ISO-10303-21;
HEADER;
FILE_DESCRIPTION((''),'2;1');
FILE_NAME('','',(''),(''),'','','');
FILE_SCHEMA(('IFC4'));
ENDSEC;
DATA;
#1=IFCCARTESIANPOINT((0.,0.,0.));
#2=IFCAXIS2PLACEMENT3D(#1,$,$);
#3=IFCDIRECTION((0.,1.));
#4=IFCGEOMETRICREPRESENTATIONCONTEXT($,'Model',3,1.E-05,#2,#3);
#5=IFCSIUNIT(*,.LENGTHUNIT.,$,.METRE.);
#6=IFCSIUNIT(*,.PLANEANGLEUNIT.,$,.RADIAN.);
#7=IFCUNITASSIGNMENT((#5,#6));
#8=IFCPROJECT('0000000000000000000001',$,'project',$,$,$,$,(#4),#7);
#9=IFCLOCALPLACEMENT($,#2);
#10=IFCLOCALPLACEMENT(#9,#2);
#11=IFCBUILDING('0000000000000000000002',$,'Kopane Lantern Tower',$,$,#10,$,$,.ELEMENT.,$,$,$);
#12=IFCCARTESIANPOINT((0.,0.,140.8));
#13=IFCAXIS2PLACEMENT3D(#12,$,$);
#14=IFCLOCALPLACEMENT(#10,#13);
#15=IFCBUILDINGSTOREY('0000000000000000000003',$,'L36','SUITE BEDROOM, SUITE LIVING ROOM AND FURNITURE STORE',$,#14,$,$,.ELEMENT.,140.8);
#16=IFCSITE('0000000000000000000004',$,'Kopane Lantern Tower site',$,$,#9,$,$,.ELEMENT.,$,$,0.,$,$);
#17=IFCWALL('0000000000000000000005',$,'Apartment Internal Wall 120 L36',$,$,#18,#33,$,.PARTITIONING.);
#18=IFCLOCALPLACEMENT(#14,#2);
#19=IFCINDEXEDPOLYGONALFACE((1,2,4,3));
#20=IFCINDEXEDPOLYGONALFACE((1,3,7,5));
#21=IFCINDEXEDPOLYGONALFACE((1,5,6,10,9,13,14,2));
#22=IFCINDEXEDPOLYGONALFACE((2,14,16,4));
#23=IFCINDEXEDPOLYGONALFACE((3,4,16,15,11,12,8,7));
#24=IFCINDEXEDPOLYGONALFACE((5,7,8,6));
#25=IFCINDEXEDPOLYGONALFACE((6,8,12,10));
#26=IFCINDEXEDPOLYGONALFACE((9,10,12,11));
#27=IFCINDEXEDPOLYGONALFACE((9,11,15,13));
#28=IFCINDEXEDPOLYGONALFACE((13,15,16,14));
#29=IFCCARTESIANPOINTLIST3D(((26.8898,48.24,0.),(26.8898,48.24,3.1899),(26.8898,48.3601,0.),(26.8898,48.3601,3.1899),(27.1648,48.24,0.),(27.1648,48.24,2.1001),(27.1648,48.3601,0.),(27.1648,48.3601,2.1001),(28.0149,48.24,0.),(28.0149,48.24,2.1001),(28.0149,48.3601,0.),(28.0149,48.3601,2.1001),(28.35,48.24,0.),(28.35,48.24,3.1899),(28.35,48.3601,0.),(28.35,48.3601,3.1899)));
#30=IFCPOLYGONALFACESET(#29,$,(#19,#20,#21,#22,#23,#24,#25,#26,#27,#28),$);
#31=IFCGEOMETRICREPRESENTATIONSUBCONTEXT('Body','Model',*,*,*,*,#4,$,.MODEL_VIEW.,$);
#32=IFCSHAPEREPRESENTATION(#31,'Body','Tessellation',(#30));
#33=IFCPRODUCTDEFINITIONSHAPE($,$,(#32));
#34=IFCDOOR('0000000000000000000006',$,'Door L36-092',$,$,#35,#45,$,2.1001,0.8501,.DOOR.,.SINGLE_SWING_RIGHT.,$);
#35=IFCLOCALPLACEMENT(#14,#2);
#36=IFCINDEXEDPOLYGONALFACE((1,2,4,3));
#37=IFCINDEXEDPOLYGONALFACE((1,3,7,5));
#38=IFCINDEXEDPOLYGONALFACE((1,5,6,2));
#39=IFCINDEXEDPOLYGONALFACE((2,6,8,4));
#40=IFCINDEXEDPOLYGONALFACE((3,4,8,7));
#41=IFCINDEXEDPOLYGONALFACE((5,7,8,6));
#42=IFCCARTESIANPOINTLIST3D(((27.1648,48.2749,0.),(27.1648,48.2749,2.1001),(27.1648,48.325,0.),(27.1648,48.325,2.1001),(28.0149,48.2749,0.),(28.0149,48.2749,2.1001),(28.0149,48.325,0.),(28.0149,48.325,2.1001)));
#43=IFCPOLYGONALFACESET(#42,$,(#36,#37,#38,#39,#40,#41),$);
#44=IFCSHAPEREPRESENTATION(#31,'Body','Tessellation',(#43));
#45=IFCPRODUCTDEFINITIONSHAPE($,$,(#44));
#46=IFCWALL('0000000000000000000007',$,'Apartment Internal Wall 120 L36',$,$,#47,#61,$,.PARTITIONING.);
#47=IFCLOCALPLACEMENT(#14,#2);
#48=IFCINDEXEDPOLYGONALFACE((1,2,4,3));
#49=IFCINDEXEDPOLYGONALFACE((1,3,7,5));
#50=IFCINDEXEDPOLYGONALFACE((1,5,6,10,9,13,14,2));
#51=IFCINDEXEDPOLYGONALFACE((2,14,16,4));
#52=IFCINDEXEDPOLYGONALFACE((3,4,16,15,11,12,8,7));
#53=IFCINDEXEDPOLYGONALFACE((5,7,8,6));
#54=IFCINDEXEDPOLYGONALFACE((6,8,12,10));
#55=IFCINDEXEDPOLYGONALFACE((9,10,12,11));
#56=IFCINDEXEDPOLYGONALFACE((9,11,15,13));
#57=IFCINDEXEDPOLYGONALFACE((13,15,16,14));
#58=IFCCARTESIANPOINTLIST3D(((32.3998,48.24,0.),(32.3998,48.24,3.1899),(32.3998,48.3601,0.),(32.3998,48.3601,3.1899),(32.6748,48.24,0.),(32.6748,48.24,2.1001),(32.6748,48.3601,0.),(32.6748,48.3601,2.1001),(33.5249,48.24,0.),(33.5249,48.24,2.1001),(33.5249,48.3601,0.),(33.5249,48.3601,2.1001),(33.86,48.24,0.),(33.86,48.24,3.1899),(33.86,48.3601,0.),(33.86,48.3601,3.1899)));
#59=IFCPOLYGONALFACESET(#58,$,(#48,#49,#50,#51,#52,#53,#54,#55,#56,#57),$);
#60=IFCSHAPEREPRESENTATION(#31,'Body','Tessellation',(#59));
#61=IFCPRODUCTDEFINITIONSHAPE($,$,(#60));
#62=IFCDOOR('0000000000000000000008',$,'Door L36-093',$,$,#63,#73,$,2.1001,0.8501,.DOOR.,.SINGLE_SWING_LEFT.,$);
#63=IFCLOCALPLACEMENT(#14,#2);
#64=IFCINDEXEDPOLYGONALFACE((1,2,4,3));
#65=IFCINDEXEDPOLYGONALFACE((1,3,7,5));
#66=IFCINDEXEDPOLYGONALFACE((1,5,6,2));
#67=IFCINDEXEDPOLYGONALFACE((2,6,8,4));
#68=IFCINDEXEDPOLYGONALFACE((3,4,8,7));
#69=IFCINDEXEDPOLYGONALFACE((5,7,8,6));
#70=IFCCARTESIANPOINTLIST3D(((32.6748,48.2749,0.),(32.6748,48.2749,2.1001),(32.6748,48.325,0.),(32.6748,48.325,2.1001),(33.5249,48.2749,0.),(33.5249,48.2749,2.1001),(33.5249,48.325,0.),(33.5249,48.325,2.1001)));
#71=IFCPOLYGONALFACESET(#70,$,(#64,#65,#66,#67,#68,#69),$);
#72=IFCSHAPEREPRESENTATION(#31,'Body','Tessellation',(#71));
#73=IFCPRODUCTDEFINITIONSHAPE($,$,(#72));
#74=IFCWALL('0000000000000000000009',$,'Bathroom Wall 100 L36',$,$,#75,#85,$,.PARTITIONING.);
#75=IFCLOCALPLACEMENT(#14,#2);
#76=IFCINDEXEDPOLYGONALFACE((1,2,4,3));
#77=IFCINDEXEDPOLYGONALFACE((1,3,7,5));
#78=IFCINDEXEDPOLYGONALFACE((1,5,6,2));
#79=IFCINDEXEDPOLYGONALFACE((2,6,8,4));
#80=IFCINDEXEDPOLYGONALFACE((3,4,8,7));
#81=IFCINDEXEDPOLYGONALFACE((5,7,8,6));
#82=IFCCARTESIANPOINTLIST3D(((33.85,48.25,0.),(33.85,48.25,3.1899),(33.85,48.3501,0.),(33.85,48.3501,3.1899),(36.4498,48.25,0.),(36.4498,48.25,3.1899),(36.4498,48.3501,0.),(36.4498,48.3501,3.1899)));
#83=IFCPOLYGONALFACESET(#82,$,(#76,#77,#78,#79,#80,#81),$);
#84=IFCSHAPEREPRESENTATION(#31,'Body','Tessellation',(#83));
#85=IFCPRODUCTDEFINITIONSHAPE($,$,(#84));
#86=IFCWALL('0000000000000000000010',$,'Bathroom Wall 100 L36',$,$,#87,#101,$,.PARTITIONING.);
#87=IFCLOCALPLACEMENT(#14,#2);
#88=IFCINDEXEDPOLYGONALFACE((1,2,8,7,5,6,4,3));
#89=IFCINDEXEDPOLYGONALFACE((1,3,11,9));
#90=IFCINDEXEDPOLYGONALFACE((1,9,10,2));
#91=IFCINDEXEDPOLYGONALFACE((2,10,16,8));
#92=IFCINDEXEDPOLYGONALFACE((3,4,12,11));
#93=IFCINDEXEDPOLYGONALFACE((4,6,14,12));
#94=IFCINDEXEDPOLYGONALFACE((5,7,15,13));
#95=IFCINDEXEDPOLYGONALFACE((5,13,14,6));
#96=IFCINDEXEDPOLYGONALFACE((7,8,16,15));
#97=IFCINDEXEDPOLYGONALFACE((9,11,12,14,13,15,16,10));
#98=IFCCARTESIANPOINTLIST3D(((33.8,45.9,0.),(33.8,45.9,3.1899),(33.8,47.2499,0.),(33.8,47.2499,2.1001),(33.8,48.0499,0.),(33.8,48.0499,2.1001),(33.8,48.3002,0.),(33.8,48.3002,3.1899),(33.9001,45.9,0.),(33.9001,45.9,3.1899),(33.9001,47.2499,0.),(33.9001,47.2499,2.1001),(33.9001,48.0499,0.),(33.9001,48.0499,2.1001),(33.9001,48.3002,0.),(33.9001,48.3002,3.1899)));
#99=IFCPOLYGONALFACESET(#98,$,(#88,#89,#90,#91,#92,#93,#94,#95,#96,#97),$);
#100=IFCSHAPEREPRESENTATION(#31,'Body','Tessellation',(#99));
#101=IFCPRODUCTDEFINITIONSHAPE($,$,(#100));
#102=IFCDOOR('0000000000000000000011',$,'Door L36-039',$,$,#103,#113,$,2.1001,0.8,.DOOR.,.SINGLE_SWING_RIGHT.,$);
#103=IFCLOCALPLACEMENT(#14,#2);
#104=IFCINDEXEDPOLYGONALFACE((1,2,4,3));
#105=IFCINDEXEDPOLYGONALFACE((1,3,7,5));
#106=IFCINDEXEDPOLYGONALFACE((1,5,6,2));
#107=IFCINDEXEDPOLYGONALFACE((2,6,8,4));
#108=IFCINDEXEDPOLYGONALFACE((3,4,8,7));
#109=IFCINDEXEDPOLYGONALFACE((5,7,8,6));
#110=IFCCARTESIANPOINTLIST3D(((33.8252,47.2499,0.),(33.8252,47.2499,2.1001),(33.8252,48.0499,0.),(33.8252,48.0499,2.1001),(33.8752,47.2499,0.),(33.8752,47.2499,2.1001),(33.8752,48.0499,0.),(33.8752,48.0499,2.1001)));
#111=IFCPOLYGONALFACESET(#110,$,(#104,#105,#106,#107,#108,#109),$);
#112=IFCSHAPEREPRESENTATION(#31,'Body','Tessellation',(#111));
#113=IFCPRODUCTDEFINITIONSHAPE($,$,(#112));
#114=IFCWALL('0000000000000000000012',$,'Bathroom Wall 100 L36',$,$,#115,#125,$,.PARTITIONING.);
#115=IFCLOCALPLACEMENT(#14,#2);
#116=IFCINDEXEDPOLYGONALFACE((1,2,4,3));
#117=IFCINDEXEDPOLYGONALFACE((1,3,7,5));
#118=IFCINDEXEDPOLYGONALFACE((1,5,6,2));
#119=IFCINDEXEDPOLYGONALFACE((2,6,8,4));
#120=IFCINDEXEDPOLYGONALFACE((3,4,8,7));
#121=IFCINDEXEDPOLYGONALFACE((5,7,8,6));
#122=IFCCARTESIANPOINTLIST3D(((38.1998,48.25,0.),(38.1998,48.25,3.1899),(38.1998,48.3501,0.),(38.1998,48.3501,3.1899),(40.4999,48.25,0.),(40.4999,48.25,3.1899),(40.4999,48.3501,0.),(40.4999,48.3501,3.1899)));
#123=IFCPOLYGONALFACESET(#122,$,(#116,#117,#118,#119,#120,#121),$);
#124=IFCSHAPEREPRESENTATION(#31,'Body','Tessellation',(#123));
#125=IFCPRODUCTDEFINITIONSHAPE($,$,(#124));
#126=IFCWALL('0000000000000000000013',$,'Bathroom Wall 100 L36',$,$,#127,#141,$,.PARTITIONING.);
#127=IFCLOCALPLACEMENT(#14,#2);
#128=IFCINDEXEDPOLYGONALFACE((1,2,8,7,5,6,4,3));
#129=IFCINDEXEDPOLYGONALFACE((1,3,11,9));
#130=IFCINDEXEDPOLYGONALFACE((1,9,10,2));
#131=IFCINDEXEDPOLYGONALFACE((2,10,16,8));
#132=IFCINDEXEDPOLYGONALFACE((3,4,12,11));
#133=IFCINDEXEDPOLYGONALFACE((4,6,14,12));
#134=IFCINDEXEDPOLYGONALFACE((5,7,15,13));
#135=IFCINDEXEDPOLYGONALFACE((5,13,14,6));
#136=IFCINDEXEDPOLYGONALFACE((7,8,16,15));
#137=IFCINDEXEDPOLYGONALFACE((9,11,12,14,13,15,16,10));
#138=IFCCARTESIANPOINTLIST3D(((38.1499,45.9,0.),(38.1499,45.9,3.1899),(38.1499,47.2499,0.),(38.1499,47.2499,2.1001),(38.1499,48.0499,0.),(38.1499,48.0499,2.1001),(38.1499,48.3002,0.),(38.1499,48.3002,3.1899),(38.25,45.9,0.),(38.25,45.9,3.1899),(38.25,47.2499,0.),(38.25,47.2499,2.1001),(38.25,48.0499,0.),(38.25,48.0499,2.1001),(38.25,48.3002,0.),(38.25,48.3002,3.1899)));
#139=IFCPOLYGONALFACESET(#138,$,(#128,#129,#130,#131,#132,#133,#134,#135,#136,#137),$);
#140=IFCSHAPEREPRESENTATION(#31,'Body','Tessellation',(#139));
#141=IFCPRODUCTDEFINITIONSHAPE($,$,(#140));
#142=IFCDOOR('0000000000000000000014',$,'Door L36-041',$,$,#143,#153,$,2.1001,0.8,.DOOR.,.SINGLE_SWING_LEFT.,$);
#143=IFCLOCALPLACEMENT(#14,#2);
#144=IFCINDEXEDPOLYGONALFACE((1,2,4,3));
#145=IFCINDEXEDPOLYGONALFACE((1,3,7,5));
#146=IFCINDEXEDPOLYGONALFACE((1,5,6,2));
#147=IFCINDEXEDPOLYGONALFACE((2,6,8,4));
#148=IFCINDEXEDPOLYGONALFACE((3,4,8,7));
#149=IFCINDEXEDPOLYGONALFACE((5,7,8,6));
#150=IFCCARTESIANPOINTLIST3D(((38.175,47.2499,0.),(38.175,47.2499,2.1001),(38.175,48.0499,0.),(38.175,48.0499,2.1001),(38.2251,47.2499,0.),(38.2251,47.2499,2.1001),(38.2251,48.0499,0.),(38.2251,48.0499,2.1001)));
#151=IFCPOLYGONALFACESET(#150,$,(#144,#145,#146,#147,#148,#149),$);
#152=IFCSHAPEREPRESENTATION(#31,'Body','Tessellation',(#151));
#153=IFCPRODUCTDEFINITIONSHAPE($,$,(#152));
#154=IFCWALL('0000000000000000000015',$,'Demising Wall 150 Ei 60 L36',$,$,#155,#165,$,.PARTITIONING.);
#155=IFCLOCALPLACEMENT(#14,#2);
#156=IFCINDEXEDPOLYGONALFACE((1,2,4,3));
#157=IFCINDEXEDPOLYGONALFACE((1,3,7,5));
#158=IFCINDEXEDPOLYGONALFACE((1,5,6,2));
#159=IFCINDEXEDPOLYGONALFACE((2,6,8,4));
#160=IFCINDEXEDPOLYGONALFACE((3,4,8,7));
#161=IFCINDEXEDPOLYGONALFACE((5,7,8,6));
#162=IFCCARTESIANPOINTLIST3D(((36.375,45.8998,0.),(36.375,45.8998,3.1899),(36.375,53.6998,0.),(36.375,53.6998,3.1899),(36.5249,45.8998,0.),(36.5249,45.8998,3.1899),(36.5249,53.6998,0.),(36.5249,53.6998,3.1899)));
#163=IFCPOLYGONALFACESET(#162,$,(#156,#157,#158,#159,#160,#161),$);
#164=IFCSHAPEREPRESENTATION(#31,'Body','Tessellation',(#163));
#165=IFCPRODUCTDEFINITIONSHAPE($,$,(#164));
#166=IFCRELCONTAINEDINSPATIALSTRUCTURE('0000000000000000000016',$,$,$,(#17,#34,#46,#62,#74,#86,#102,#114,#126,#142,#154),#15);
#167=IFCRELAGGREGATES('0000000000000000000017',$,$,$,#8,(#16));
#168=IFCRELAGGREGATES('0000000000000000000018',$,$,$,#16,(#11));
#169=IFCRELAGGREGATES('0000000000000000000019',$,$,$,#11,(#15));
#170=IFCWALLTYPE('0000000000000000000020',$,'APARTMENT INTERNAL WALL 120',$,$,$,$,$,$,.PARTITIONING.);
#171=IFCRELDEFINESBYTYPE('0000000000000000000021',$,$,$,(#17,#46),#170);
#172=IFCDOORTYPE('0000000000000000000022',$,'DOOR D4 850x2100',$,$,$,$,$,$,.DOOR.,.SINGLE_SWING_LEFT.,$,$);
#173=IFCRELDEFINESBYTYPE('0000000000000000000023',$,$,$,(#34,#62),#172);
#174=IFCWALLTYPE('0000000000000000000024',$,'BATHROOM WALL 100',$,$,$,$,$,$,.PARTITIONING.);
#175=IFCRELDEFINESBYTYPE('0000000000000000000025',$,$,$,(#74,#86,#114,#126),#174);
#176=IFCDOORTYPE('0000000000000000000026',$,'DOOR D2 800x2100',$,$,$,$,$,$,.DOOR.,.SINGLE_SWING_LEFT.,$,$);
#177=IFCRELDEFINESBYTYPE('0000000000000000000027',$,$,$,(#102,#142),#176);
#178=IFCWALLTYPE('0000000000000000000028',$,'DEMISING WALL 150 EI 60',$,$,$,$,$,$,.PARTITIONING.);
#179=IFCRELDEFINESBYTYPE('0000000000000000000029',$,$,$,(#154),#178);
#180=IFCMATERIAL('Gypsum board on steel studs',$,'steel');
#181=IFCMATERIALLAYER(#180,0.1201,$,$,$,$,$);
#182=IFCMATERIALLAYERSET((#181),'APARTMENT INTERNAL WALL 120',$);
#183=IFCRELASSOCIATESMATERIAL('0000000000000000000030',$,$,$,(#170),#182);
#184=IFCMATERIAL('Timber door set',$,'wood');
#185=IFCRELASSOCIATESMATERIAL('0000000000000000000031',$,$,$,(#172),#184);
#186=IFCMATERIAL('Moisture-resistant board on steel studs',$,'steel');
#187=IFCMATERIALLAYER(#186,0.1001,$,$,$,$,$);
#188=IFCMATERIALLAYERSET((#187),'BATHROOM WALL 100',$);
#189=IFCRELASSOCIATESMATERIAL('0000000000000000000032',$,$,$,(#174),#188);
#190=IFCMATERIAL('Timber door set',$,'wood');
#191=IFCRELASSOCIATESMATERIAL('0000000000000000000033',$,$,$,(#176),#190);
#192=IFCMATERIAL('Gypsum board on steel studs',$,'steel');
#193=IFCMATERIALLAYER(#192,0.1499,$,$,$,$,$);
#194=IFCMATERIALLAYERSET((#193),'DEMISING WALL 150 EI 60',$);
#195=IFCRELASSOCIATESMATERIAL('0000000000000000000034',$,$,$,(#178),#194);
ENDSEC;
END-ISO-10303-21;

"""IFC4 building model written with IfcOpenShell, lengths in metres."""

from ifc_helpers import new_model, si_unit, direction, frame, frame_2d, origin, place, context, subcontext, project, spatial, rectangle, extrude, material, layer, layer_set, type_object, element, fill, save


model = new_model("IFC4")

# Units and contexts
model_context = context("Model", 3, precision=1e-05, world=origin(), true_north=direction((0.0, 1.0)))
body_context = subcontext(model_context, "Body", "Model", "MODEL_VIEW")
ifc_project = project(units=[si_unit("LENGTHUNIT", "METRE"), si_unit("PLANEANGLEUNIT", "RADIAN")], contexts=[model_context])

# Site, building, storey
site_placement = place(None, origin())
site = spatial("IfcSite", under=ifc_project, at=site_placement, Name="Kopane Lantern Tower site", CompositionType="ELEMENT", RefElevation=0.0)
building_placement = place(site_placement, origin())
building = spatial("IfcBuilding", under=site, at=building_placement, Name="Kopane Lantern Tower", CompositionType="ELEMENT")
storey_placement = place(building_placement, frame((0.0, 0.0, 140.8)))
storey = spatial("IfcBuildingStorey", under=building, at=storey_placement, Name="L36", Description="SUITE BEDROOM, SUITE LIVING ROOM AND FURNITURE STORE", CompositionType="ELEMENT", Elevation=140.8)

# Walls, openings, doors
ifc_material_1 = material(Name="Gypsum board on steel studs", Category="steel")
ifc_layer_1 = layer(ifc_material_1, 0.1201)
ifc_layer_set_1 = layer_set([ifc_layer_1], Name="APARTMENT INTERNAL WALL 120")
wall_type_1 = type_object("IfcWallType", Name="APARTMENT INTERNAL WALL 120", PredefinedType="PARTITIONING", material=ifc_layer_set_1)
ifc_material_2 = material(Name="Timber door set", Category="wood")
door_type_1 = type_object("IfcDoorType", Name="DOOR D4 850x2100", OperationType="SINGLE_SWING_LEFT", PredefinedType="DOOR", material=ifc_material_2)
wall_1_placement = place(storey_placement, frame((26.8899, 48.3, 0.0), z_axis=(0.0, 0.0, 1.0), x_axis=(1.0, 0.0, 0.0)))
wall_1 = element("IfcWall", 1, at=wall_1_placement, inside=storey, type_object=wall_type_1, Name="Apartment Internal Wall 120 L36", PredefinedType="PARTITIONING", context=body_context, shape_type="SweptSolid", body=[
    extrude(rectangle(XDim=1.4602, YDim=0.1201, at=frame_2d((0.73, 0.0))), origin(), (0.0, 0.0, 1.0), 3.1899),
])
opening_1_placement = place(wall_1_placement, frame((0.2749, 0.0, 0.0)))
opening_1 = element("IfcOpeningElement", 2, at=opening_1_placement, cuts=wall_1, PredefinedType="OPENING", context=body_context, shape_type="SweptSolid", body=[
    extrude(rectangle(XDim=0.8501, YDim=2.1001, at=frame_2d((0.425, 1.05))), frame((0.0, 0.0701, 0.0), z_axis=(0.0, -1.0, 0.0), x_axis=(1.0, 0.0, 0.0)), (0.0, 0.0, 1.0), 0.1401),
])
door_1_placement = place(opening_1_placement, origin())
door_1 = element("IfcDoor", 3, at=door_1_placement, inside=storey, type_object=door_type_1, Name="Door L36-092", OperationType="SINGLE_SWING_RIGHT", OverallHeight=2.1001, OverallWidth=0.8501, PredefinedType="DOOR", context=body_context, shape_type="SweptSolid", body=[
    extrude(rectangle(XDim=0.8501, YDim=2.1001, at=frame_2d((0.425, 1.05))), frame((0.0, 0.0249, 0.0), z_axis=(0.0, -1.0, 0.0), x_axis=(1.0, 0.0, 0.0)), (0.0, 0.0, 1.0), 0.05),
])
fill(opening_1, door_1)
wall_2_placement = place(storey_placement, frame((32.3999, 48.3, 0.0), z_axis=(0.0, 0.0, 1.0), x_axis=(1.0, 0.0, 0.0)))
wall_2 = element("IfcWall", 4, at=wall_2_placement, inside=storey, type_object=wall_type_1, Name="Apartment Internal Wall 120 L36", PredefinedType="PARTITIONING", context=body_context, shape_type="SweptSolid", body=[
    extrude(rectangle(XDim=1.4602, YDim=0.1201, at=frame_2d((0.73, 0.0))), origin(), (0.0, 0.0, 1.0), 3.1899),
])
opening_2_placement = place(wall_2_placement, frame((0.2749, 0.0, 0.0)))
opening_2 = element("IfcOpeningElement", 5, at=opening_2_placement, cuts=wall_2, PredefinedType="OPENING", context=body_context, shape_type="SweptSolid", body=[
    extrude(rectangle(XDim=0.8501, YDim=2.1001, at=frame_2d((0.425, 1.05))), frame((0.0, 0.0701, 0.0), z_axis=(0.0, -1.0, 0.0), x_axis=(1.0, 0.0, 0.0)), (0.0, 0.0, 1.0), 0.1401),
])
door_2_placement = place(opening_2_placement, origin())
door_2 = element("IfcDoor", 6, at=door_2_placement, inside=storey, type_object=door_type_1, Name="Door L36-093", OperationType="SINGLE_SWING_LEFT", OverallHeight=2.1001, OverallWidth=0.8501, PredefinedType="DOOR", context=body_context, shape_type="SweptSolid", body=[
    extrude(rectangle(XDim=0.8501, YDim=2.1001, at=frame_2d((0.425, 1.05))), frame((0.0, 0.0249, 0.0), z_axis=(0.0, -1.0, 0.0), x_axis=(1.0, 0.0, 0.0)), (0.0, 0.0, 1.0), 0.05),
])
fill(opening_2, door_2)

# Wall
ifc_material_3 = material(Name="Moisture-resistant board on steel studs", Category="steel")
ifc_layer_2 = layer(ifc_material_3, 0.1001)
ifc_layer_set_2 = layer_set([ifc_layer_2], Name="BATHROOM WALL 100")
wall_type_2 = type_object("IfcWallType", Name="BATHROOM WALL 100", PredefinedType="PARTITIONING", material=ifc_layer_set_2)
wall_3_placement = place(storey_placement, frame((33.8501, 48.3, 0.0), z_axis=(0.0, 0.0, 1.0), x_axis=(1.0, 0.0, 0.0)))
element("IfcWall", 7, at=wall_3_placement, inside=storey, type_object=wall_type_2, Name="Bathroom Wall 100 L36", PredefinedType="PARTITIONING", context=body_context, shape_type="SweptSolid", body=[
    extrude(rectangle(XDim=2.5999, YDim=0.1001, at=frame_2d((1.2998, 0.0))), origin(), (0.0, 0.0, 1.0), 3.1899),
])

# Wall, opening, door
wall_4_placement = place(storey_placement, frame((33.8501, 45.8999, 0.0), z_axis=(0.0, 0.0, 1.0), x_axis=(0.0, 1.0, 0.0)))
wall_4 = element("IfcWall", 8, at=wall_4_placement, inside=storey, type_object=wall_type_2, Name="Bathroom Wall 100 L36", PredefinedType="PARTITIONING", context=body_context, shape_type="SweptSolid", body=[
    extrude(rectangle(XDim=2.4001, YDim=0.1001, at=frame_2d((1.2002, 0.0))), origin(), (0.0, 0.0, 1.0), 3.1899),
])
opening_3_placement = place(wall_4_placement, frame((1.3501, 0.0, 0.0)))
opening_3 = element("IfcOpeningElement", 9, at=opening_3_placement, cuts=wall_4, PredefinedType="OPENING", context=body_context, shape_type="SweptSolid", body=[
    extrude(rectangle(XDim=0.8, YDim=2.1001, at=frame_2d((0.3999, 1.05))), frame((0.0, 0.0601, 0.0), z_axis=(0.0, -1.0, 0.0), x_axis=(1.0, 0.0, 0.0)), (0.0, 0.0, 1.0), 0.1201),
])
ifc_material_4 = material(Name="Timber door set", Category="wood")
door_type_2 = type_object("IfcDoorType", Name="DOOR D2 800x2100", OperationType="SINGLE_SWING_LEFT", PredefinedType="DOOR", material=ifc_material_4)
door_3_placement = place(opening_3_placement, origin())
door_3 = element("IfcDoor", 10, at=door_3_placement, inside=storey, type_object=door_type_2, Name="Door L36-039", OperationType="SINGLE_SWING_RIGHT", OverallHeight=2.1001, OverallWidth=0.8, PredefinedType="DOOR", context=body_context, shape_type="SweptSolid", body=[
    extrude(rectangle(XDim=0.8, YDim=2.1001, at=frame_2d((0.3999, 1.05))), frame((0.0, 0.0249, 0.0), z_axis=(0.0, -1.0, 0.0), x_axis=(1.0, 0.0, 0.0)), (0.0, 0.0, 1.0), 0.05),
])
fill(opening_3, door_3)

# Wall
wall_5_placement = place(storey_placement, frame((38.2, 48.3, 0.0), z_axis=(0.0, 0.0, 1.0), x_axis=(1.0, 0.0, 0.0)))
element("IfcWall", 11, at=wall_5_placement, inside=storey, type_object=wall_type_2, Name="Bathroom Wall 100 L36", PredefinedType="PARTITIONING", context=body_context, shape_type="SweptSolid", body=[
    extrude(rectangle(XDim=2.3, YDim=0.1001, at=frame_2d((1.1499, 0.0))), origin(), (0.0, 0.0, 1.0), 3.1899),
])

# Wall, opening, door
wall_6_placement = place(storey_placement, frame((38.2, 45.8999, 0.0), z_axis=(0.0, 0.0, 1.0), x_axis=(0.0, 1.0, 0.0)))
wall_6 = element("IfcWall", 12, at=wall_6_placement, inside=storey, type_object=wall_type_2, Name="Bathroom Wall 100 L36", PredefinedType="PARTITIONING", context=body_context, shape_type="SweptSolid", body=[
    extrude(rectangle(XDim=2.4001, YDim=0.1001, at=frame_2d((1.2002, 0.0))), origin(), (0.0, 0.0, 1.0), 3.1899),
])
opening_4_placement = place(wall_6_placement, frame((1.3501, 0.0, 0.0)))
opening_4 = element("IfcOpeningElement", 13, at=opening_4_placement, cuts=wall_6, PredefinedType="OPENING", context=body_context, shape_type="SweptSolid", body=[
    extrude(rectangle(XDim=0.8, YDim=2.1001, at=frame_2d((0.3999, 1.05))), frame((0.0, 0.0601, 0.0), z_axis=(0.0, -1.0, 0.0), x_axis=(1.0, 0.0, 0.0)), (0.0, 0.0, 1.0), 0.1201),
])
door_4_placement = place(opening_4_placement, origin())
door_4 = element("IfcDoor", 14, at=door_4_placement, inside=storey, type_object=door_type_2, Name="Door L36-041", OperationType="SINGLE_SWING_LEFT", OverallHeight=2.1001, OverallWidth=0.8, PredefinedType="DOOR", context=body_context, shape_type="SweptSolid", body=[
    extrude(rectangle(XDim=0.8, YDim=2.1001, at=frame_2d((0.3999, 1.05))), frame((0.0, 0.0249, 0.0), z_axis=(0.0, -1.0, 0.0), x_axis=(1.0, 0.0, 0.0)), (0.0, 0.0, 1.0), 0.05),
])
fill(opening_4, door_4)

# Wall
ifc_material_5 = material(Name="Gypsum board on steel studs", Category="steel")
ifc_layer_3 = layer(ifc_material_5, 0.1499)
ifc_layer_set_3 = layer_set([ifc_layer_3], Name="DEMISING WALL 150 EI 60")
wall_type_3 = type_object("IfcWallType", Name="DEMISING WALL 150 EI 60", PredefinedType="PARTITIONING", material=ifc_layer_set_3)
wall_7_placement = place(storey_placement, frame((36.45, 45.8999, 0.0), z_axis=(0.0, 0.0, 1.0), x_axis=(0.0, 1.0, 0.0)))
element("IfcWall", 15, at=wall_7_placement, inside=storey, type_object=wall_type_3, Name="Demising Wall 150 Ei 60 L36", PredefinedType="PARTITIONING", context=body_context, shape_type="SweptSolid", body=[
    extrude(rectangle(XDim=7.8, YDim=0.1499, at=frame_2d((3.8999, 0.0))), origin(), (0.0, 0.0, 1.0), 3.1899),
])

save(model, "model.ifc")
